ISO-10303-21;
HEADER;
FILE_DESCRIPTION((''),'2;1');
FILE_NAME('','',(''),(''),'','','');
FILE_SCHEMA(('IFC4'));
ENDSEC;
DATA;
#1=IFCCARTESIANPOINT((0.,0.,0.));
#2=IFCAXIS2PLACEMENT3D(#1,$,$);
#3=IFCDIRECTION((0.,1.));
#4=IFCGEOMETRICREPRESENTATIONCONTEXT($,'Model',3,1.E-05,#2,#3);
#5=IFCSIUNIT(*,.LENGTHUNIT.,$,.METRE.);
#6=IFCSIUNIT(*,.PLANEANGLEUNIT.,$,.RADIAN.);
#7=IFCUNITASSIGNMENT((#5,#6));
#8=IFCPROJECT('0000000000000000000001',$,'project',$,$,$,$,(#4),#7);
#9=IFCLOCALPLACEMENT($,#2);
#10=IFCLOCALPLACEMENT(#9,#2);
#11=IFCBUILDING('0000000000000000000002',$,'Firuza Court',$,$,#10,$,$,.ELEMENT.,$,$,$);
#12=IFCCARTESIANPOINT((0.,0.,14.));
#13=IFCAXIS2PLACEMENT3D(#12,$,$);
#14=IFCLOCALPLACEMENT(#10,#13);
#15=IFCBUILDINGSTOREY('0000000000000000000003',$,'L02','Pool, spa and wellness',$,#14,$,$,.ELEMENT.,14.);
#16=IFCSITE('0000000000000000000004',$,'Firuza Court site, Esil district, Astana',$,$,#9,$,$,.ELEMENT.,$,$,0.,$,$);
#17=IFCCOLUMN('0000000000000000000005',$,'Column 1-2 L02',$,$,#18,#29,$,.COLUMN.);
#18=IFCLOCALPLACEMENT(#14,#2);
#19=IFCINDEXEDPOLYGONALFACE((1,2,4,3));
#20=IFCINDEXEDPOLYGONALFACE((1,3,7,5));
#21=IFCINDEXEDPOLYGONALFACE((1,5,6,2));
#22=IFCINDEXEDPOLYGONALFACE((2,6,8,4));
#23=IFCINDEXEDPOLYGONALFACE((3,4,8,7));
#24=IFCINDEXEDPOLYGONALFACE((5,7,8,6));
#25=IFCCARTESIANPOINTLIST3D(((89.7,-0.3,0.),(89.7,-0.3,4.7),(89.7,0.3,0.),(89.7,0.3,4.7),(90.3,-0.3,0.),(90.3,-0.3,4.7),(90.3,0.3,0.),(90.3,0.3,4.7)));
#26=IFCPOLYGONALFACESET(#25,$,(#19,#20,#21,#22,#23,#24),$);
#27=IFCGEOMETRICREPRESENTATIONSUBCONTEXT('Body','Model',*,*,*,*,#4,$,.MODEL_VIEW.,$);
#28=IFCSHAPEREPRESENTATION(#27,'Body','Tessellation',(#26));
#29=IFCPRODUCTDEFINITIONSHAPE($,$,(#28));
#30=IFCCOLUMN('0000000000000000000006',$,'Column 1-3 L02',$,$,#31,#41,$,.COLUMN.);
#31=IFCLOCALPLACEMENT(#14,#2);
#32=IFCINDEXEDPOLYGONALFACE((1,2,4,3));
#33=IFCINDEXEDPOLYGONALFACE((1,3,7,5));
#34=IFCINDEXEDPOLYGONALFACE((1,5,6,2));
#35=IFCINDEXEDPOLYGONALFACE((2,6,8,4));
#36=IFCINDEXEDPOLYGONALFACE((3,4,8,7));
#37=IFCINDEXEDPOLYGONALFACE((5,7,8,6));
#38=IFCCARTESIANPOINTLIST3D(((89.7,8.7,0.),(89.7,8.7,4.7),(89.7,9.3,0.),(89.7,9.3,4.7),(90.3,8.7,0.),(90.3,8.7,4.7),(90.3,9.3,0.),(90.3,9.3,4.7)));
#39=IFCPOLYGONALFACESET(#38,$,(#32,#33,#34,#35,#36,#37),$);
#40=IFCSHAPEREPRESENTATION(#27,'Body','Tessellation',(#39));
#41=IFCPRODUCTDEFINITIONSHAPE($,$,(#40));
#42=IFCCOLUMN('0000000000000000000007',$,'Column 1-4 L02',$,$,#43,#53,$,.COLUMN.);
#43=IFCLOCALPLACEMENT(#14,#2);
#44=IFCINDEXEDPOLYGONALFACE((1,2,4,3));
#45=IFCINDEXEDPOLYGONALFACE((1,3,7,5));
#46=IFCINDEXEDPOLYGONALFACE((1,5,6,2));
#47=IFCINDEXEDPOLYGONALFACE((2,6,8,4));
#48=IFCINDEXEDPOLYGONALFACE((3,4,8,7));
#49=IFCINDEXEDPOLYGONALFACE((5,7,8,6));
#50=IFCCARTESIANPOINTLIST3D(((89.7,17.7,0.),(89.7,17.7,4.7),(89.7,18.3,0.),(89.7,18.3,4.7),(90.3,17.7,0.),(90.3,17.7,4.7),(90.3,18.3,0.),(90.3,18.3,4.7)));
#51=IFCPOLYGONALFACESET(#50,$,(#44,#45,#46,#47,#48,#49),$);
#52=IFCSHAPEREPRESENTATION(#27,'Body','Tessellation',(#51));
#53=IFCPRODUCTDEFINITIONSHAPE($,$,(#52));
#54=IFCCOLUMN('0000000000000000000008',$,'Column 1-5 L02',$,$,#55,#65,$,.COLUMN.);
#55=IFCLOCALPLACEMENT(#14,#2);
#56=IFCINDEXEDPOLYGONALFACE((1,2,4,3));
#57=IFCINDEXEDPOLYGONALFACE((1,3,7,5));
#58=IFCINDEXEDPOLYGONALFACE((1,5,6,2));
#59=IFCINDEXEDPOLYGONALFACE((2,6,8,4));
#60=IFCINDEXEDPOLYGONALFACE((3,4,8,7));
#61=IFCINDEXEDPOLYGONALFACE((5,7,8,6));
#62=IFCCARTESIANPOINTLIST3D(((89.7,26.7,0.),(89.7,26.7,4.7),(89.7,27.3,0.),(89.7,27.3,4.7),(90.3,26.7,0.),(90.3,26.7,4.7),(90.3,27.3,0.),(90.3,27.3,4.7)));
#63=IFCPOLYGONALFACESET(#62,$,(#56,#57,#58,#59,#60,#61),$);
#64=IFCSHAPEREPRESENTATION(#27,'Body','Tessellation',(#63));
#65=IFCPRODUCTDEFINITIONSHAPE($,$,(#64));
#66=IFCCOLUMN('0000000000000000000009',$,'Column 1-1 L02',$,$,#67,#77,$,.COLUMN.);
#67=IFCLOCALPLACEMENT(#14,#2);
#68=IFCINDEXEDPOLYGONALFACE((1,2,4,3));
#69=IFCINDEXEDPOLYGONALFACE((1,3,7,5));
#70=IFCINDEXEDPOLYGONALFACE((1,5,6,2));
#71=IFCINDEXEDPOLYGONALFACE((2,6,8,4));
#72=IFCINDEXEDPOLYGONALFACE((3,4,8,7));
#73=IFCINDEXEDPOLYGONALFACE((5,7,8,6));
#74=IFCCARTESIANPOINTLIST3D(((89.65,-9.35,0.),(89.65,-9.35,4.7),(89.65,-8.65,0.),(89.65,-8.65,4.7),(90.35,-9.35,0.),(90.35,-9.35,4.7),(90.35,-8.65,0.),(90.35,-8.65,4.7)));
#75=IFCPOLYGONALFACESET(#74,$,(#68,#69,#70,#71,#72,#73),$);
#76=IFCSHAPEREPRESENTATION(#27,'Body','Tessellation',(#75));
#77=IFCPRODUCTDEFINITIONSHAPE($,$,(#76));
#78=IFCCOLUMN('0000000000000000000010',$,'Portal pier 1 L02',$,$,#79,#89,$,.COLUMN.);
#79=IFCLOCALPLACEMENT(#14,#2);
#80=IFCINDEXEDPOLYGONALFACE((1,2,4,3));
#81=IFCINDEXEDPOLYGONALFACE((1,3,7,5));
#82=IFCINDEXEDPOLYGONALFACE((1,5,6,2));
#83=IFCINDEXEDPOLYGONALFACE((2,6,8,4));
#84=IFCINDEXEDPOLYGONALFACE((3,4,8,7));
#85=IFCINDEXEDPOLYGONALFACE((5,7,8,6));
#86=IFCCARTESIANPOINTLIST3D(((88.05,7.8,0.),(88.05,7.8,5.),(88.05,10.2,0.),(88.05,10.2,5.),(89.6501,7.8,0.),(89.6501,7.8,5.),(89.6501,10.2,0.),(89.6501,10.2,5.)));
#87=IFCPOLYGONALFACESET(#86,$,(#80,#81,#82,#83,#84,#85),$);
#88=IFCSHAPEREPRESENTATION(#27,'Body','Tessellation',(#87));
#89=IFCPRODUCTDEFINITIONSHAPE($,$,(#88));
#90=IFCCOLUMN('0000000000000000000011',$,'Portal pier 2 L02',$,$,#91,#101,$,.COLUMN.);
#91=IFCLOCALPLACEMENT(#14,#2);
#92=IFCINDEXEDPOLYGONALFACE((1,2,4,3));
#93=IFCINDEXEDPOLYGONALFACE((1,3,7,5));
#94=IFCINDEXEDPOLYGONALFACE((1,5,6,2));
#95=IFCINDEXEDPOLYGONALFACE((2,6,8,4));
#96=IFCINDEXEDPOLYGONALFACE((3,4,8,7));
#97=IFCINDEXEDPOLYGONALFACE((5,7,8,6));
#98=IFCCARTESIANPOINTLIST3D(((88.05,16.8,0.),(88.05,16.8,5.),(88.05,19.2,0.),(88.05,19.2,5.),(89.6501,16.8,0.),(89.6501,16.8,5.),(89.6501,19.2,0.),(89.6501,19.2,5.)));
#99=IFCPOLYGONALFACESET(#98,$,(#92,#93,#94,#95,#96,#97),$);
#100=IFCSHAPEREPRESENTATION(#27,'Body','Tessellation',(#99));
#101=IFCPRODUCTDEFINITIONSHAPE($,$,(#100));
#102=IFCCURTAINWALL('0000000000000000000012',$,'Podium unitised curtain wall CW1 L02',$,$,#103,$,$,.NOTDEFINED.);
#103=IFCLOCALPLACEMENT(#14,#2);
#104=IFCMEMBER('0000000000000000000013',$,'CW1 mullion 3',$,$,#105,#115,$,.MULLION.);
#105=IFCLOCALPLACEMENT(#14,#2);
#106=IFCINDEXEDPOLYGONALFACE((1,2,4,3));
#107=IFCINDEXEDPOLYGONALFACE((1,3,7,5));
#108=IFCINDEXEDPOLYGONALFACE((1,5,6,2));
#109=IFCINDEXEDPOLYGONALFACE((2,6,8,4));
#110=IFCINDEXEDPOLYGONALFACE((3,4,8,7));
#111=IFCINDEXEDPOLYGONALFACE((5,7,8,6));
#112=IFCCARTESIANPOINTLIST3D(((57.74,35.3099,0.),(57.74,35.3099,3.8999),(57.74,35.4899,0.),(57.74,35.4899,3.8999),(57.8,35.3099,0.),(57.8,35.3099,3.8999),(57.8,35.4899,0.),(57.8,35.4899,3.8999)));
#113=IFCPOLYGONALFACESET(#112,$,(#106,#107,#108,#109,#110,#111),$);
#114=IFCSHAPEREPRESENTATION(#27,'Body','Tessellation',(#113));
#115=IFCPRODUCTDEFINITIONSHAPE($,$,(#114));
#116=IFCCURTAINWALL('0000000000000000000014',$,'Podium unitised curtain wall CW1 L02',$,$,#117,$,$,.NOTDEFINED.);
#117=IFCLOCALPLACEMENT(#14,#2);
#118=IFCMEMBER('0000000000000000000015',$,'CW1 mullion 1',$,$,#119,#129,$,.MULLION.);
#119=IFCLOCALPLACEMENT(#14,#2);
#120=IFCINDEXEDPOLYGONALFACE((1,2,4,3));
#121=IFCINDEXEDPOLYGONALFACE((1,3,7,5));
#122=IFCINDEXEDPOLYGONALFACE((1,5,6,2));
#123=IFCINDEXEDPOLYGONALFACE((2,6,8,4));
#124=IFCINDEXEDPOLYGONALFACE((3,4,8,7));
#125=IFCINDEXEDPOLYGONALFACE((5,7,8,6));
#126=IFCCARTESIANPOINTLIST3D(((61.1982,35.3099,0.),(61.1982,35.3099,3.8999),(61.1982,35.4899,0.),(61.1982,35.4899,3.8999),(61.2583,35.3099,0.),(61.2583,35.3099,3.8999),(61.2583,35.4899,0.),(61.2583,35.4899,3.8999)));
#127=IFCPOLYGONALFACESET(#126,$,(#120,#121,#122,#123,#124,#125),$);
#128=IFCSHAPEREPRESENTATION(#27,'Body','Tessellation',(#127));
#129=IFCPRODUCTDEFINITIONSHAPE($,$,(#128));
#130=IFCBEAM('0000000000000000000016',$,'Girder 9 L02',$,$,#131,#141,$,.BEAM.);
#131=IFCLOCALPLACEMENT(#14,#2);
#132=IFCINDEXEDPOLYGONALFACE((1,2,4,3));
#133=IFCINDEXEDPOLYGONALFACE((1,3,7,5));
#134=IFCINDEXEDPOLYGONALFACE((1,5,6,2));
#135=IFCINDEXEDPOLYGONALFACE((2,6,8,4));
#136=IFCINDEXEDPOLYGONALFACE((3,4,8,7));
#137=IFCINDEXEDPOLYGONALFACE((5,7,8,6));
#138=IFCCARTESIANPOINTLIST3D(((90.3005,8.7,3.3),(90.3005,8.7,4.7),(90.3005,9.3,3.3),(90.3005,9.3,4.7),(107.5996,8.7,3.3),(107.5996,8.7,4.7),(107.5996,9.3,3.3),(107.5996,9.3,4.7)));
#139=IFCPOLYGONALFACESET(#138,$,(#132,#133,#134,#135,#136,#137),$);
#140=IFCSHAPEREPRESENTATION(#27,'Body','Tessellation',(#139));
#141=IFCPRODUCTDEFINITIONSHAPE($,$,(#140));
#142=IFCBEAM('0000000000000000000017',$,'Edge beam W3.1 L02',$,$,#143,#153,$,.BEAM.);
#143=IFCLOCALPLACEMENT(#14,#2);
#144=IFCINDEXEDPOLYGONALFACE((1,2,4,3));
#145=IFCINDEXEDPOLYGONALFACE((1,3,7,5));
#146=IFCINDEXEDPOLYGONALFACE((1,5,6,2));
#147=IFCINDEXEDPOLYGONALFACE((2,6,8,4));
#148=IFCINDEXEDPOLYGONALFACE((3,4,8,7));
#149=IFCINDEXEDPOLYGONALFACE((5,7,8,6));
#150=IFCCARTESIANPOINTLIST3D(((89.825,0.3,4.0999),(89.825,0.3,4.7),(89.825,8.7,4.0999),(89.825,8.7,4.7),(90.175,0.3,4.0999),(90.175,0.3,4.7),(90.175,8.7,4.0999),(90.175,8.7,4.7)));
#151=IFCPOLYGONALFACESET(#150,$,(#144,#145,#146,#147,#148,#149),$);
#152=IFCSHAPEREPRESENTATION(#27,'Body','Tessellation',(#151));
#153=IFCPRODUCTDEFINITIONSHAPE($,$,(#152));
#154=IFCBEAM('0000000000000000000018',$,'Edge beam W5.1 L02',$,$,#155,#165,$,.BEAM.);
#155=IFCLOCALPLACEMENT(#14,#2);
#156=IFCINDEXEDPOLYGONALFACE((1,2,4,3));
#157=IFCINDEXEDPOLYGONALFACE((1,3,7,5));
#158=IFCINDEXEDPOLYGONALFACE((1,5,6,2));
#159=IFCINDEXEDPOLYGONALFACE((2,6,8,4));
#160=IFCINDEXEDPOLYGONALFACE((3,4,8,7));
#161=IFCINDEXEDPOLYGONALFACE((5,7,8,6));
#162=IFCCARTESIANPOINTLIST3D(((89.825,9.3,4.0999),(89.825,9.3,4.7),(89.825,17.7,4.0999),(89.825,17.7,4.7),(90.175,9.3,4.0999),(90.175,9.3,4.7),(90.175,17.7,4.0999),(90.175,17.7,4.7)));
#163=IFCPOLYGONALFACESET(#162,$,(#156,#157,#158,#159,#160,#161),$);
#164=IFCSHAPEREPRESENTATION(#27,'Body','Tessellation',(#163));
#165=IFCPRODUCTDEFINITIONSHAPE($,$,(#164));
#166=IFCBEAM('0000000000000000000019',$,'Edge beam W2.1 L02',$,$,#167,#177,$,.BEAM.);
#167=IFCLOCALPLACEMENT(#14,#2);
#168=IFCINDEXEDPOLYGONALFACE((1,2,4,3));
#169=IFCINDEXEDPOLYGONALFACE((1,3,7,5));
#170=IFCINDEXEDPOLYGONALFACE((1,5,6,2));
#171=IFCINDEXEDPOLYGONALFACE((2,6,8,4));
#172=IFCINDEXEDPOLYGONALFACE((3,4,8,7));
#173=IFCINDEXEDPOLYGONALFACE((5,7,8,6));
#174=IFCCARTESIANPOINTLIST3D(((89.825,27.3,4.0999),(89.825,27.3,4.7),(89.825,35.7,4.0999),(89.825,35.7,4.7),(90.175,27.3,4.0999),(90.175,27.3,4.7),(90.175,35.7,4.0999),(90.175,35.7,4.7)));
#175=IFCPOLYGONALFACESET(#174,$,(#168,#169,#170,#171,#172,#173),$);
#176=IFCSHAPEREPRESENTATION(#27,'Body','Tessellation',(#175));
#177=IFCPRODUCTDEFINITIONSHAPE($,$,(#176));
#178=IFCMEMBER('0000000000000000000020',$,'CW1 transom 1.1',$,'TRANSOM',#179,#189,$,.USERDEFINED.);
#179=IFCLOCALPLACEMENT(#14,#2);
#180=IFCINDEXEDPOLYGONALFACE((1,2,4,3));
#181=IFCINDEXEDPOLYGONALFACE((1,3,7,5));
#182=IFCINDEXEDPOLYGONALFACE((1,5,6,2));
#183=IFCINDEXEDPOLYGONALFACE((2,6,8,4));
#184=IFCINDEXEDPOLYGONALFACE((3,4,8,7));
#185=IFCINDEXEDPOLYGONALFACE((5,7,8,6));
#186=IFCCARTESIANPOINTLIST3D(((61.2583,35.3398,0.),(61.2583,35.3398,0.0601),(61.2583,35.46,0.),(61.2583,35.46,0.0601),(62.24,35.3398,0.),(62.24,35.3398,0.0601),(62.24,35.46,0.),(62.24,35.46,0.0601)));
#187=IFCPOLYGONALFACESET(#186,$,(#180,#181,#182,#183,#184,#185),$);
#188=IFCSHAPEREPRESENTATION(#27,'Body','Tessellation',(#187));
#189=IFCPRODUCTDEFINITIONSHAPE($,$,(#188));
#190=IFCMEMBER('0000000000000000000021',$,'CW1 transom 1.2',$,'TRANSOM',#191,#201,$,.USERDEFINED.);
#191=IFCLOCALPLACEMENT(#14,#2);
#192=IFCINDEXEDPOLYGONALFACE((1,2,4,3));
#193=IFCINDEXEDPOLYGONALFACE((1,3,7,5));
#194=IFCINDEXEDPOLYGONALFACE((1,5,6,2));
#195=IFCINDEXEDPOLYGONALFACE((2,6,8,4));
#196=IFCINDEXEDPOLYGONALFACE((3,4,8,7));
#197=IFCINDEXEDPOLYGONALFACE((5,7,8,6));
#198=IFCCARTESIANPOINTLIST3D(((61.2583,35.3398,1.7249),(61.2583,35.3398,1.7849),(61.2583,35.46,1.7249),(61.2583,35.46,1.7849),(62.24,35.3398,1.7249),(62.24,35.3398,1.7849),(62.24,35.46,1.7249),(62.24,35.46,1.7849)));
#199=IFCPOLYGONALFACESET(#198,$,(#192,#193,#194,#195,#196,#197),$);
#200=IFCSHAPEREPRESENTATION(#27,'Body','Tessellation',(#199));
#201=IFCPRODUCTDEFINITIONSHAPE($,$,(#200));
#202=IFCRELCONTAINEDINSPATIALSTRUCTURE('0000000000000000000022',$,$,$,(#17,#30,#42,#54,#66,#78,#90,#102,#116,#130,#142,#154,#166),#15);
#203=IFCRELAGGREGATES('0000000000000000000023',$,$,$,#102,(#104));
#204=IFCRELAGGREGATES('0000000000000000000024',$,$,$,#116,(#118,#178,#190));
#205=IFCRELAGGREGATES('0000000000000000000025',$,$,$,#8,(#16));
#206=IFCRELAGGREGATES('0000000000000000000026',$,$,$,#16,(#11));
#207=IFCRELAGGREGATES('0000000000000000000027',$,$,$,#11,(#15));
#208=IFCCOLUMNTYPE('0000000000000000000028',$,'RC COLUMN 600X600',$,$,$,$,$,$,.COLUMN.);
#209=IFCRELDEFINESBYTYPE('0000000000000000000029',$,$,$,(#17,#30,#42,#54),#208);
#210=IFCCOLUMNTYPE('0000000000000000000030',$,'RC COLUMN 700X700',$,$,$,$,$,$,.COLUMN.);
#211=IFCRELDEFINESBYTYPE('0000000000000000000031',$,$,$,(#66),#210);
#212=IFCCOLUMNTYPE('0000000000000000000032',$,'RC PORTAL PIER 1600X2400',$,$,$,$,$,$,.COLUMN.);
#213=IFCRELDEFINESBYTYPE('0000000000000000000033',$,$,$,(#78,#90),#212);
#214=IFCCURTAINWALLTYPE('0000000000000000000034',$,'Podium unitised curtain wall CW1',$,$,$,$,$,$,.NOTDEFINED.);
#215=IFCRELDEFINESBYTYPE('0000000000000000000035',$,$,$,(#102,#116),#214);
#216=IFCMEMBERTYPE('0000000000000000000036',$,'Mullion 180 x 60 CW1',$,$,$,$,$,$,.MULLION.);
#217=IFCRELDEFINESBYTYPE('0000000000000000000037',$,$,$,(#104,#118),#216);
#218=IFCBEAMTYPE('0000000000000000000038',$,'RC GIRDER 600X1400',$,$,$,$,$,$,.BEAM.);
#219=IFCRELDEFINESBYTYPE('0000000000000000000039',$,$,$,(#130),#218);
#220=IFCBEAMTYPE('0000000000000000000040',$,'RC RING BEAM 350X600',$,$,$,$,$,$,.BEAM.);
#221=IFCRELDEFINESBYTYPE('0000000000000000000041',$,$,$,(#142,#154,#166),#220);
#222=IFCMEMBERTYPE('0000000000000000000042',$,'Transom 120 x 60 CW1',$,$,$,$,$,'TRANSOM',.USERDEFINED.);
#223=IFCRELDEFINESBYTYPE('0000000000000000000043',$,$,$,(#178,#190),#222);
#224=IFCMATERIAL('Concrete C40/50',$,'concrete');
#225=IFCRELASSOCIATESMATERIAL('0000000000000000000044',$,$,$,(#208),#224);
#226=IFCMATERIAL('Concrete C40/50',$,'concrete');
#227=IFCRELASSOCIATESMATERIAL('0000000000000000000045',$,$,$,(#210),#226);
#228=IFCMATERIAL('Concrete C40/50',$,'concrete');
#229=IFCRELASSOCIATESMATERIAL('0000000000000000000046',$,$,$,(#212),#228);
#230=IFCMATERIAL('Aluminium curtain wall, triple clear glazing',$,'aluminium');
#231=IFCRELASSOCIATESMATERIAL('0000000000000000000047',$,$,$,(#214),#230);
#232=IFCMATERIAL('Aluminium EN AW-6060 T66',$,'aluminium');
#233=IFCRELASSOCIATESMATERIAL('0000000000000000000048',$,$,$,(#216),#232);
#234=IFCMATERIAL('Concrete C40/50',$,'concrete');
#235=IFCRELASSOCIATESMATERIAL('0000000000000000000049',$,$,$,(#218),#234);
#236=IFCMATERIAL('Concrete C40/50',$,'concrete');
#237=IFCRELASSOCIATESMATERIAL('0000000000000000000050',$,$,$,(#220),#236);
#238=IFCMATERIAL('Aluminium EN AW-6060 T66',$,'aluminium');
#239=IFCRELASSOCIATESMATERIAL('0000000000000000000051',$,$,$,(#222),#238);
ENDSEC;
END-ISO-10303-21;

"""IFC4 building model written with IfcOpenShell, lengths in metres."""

from ifc_helpers import new_model, si_unit, direction, frame, origin, origin_2d, place, context, subcontext, project, spatial, rectangle, extrude, material, material_profile, profile_set, type_object, element, aggregate, save


model = new_model("IFC4")

# Units and contexts
model_context = context("Model", 3, precision=1e-05, world=origin(), true_north=direction((0.0, 1.0)))
body_context = subcontext(model_context, "Body", "Model", "MODEL_VIEW")
ifc_project = project(units=[si_unit("LENGTHUNIT", "METRE"), si_unit("PLANEANGLEUNIT", "RADIAN")], contexts=[model_context])

# Site, building, storey
site_placement = place(None, origin())
site = spatial("IfcSite", under=ifc_project, at=site_placement, Name="Firuza Court site, Esil district, Astana", CompositionType="ELEMENT", RefElevation=0.0)
building_placement = place(site_placement, origin())
building = spatial("IfcBuilding", under=site, at=building_placement, Name="Firuza Court", CompositionType="ELEMENT")
storey_placement = place(building_placement, frame((0.0, 0.0, 14.0)))
storey = spatial("IfcBuildingStorey", under=building, at=storey_placement, Name="L02", Description="Pool, spa and wellness", CompositionType="ELEMENT", Elevation=14.0)

# Columns
ifc_material_1 = material(Name="Concrete C40/50", Category="concrete")
ifc_material_profile_1 = material_profile(ifc_material_1, rectangle(XDim=0.6001, YDim=0.6001, at=origin_2d()), Name="RC 600X600")
ifc_profile_set_1 = profile_set([ifc_material_profile_1], Name="Concrete C40/50")
column_type_1 = type_object("IfcColumnType", Name="RC COLUMN 600X600", PredefinedType="COLUMN", material=ifc_profile_set_1)
for number, where, z_axis, x_axis, name in (
    (1, (90.0, 0.0, 0.0), (0.0, 0.0, 1.0), (1.0, 0.0, 0.0), "Column 1-2 L02"),
    (2, (90.0, 9.0, 0.0), (0.0, 0.0, 1.0), (1.0, 0.0, 0.0), "Column 1-3 L02"),
    (3, (90.0, 18.0, 0.0), (0.0, 0.0, 1.0), (1.0, 0.0, 0.0), "Column 1-4 L02"),
    (4, (90.0, 27.0, 0.0), (0.0, 0.0, 1.0), (1.0, 0.0, 0.0), "Column 1-5 L02"),
):
    element("IfcColumn", number, at=place(storey_placement, frame(where, z_axis=z_axis, x_axis=x_axis)), inside=storey, type_object=column_type_1, Name=name, PredefinedType="COLUMN", context=body_context, shape_type="SweptSolid", body=[
        extrude(rectangle(XDim=0.6001, YDim=0.6001, at=origin_2d()), origin(), (0.0, 0.0, 1.0), 4.7),
    ])
ifc_material_2 = material(Name="Concrete C40/50", Category="concrete")
ifc_material_profile_2 = material_profile(ifc_material_2, rectangle(XDim=0.7, YDim=0.7, at=origin_2d()), Name="RC 700X700")
ifc_profile_set_2 = profile_set([ifc_material_profile_2], Name="Concrete C40/50")
column_type_2 = type_object("IfcColumnType", Name="RC COLUMN 700X700", PredefinedType="COLUMN", material=ifc_profile_set_2)
column_placement = place(storey_placement, frame((90.0, -9.0, 0.0), z_axis=(0.0, 0.0, 1.0), x_axis=(1.0, 0.0, 0.0)))
element("IfcColumn", 5, at=column_placement, inside=storey, type_object=column_type_2, Name="Column 1-1 L02", PredefinedType="COLUMN", context=body_context, shape_type="SweptSolid", body=[
    extrude(rectangle(XDim=0.7, YDim=0.7, at=origin_2d()), origin(), (0.0, 0.0, 1.0), 4.7),
])
ifc_material_3 = material(Name="Concrete C40/50", Category="concrete")
ifc_material_profile_3 = material_profile(ifc_material_3, rectangle(XDim=1.6001, YDim=2.3999, at=origin_2d()), Name="RC 1600X2400")
ifc_profile_set_3 = profile_set([ifc_material_profile_3], Name="Concrete C40/50")
column_type_3 = type_object("IfcColumnType", Name="RC PORTAL PIER 1600X2400", PredefinedType="COLUMN", material=ifc_profile_set_3)
for number, where, z_axis, x_axis, name in (
    (6, (88.8501, 9.0, 0.0), (0.0, 0.0, 1.0), (1.0, 0.0, 0.0), "Portal pier 1 L02"),
    (7, (88.8501, 18.0, 0.0), (0.0, 0.0, 1.0), (1.0, 0.0, 0.0), "Portal pier 2 L02"),
):
    element("IfcColumn", number, at=place(storey_placement, frame(where, z_axis=z_axis, x_axis=x_axis)), inside=storey, type_object=column_type_3, Name=name, PredefinedType="COLUMN", context=body_context, shape_type="SweptSolid", body=[
        extrude(rectangle(XDim=1.6001, YDim=2.3999, at=origin_2d()), origin(), (0.0, 0.0, 1.0), 5.0),
    ])

# Curtain walls, members
ifc_material_4 = material(Name="Aluminium curtain wall, triple clear glazing", Category="aluminium")
curtain_wall_type = type_object("IfcCurtainWallType", Name="Podium unitised curtain wall CW1", PredefinedType="NOTDEFINED", material=ifc_material_4)
curtain_wall_1_placement = place(storey_placement, origin())
curtain_wall_1 = element("IfcCurtainWall", 8, at=curtain_wall_1_placement, inside=storey, type_object=curtain_wall_type, Name="Podium unitised curtain wall CW1 L02", PredefinedType="NOTDEFINED")
ifc_material_5 = material(Name="Aluminium EN AW-6060 T66", Category="aluminium")
ifc_material_profile_4 = material_profile(ifc_material_5, rectangle(XDim=0.1799, YDim=0.0601, at=origin_2d()), Name="Mullion 180 x 60 CW1")
ifc_profile_set_4 = profile_set([ifc_material_profile_4], Name="Aluminium EN AW-6060 T66")
member_type_1 = type_object("IfcMemberType", Name="Mullion 180 x 60 CW1", PredefinedType="MULLION", material=ifc_profile_set_4)
member_1_placement = place(storey_placement, frame((57.77, 35.3999, 0.0), z_axis=(0.0, 0.0, 1.0), x_axis=(0.0, 1.0, 0.0)))
member_1 = element("IfcMember", 9, at=member_1_placement, type_object=member_type_1, Name="CW1 mullion 3", PredefinedType="MULLION", context=body_context, shape_type="SweptSolid", body=[
    extrude(rectangle(XDim=0.1799, YDim=0.0601, at=origin_2d()), origin(), (0.0, 0.0, 1.0), 3.8999),
])
aggregate(curtain_wall_1, [member_1])
curtain_wall_2_placement = place(storey_placement, origin())
curtain_wall_2 = element("IfcCurtainWall", 10, at=curtain_wall_2_placement, inside=storey, type_object=curtain_wall_type, Name="Podium unitised curtain wall CW1 L02", PredefinedType="NOTDEFINED")
member_2_placement = place(storey_placement, frame((61.2283, 35.3999, 0.0), z_axis=(0.0, 0.0, 1.0), x_axis=(0.0, 1.0, 0.0)))
member_2 = element("IfcMember", 11, at=member_2_placement, type_object=member_type_1, Name="CW1 mullion 1", PredefinedType="MULLION", context=body_context, shape_type="SweptSolid", body=[
    extrude(rectangle(XDim=0.1799, YDim=0.0601, at=origin_2d()), origin(), (0.0, 0.0, 1.0), 3.8999),
])

# Beams
ifc_material_6 = material(Name="Concrete C40/50", Category="concrete")
ifc_material_profile_5 = material_profile(ifc_material_6, rectangle(XDim=0.6001, YDim=1.3999, at=origin_2d()), Name="RC 600X1400")
ifc_profile_set_5 = profile_set([ifc_material_profile_5], Name="Concrete C40/50")
beam_type_1 = type_object("IfcBeamType", Name="RC GIRDER 600X1400", PredefinedType="BEAM", material=ifc_profile_set_5)
beam_placement = place(storey_placement, frame((90.3005, 9.0, 4.0), z_axis=(1.0, 0.0, 0.0), x_axis=(0.0, 1.0, 0.0)))
element("IfcBeam", 12, at=beam_placement, inside=storey, type_object=beam_type_1, Name="Girder 9 L02", PredefinedType="BEAM", context=body_context, shape_type="SweptSolid", body=[
    extrude(rectangle(XDim=0.6001, YDim=1.3999, at=origin_2d()), origin(), (0.0, 0.0, 1.0), 17.2991),
])
ifc_material_7 = material(Name="Concrete C40/50", Category="concrete")
ifc_material_profile_6 = material_profile(ifc_material_7, rectangle(XDim=0.3501, YDim=0.6001, at=origin_2d()), Name="RC 350X600")
ifc_profile_set_6 = profile_set([ifc_material_profile_6], Name="Concrete C40/50")
beam_type_2 = type_object("IfcBeamType", Name="RC RING BEAM 350X600", PredefinedType="BEAM", material=ifc_profile_set_6)
for number, where, z_axis, x_axis, name in (
    (13, (90.0, 0.3, 4.3999), (0.0, 1.0, 0.0), (-1.0, 0.0, 0.0), "Edge beam W3.1 L02"),
    (14, (90.0, 9.3, 4.3999), (0.0, 1.0, 0.0), (-1.0, 0.0, 0.0), "Edge beam W5.1 L02"),
    (15, (90.0, 27.3, 4.3999), (0.0, 1.0, 0.0), (-1.0, 0.0, 0.0), "Edge beam W2.1 L02"),
):
    element("IfcBeam", number, at=place(storey_placement, frame(where, z_axis=z_axis, x_axis=x_axis)), inside=storey, type_object=beam_type_2, Name=name, PredefinedType="BEAM", context=body_context, shape_type="SweptSolid", body=[
        extrude(rectangle(XDim=0.3501, YDim=0.6001, at=origin_2d()), origin(), (0.0, 0.0, 1.0), 8.3999),
    ])

# Members
ifc_material_8 = material(Name="Aluminium EN AW-6060 T66", Category="aluminium")
ifc_material_profile_7 = material_profile(ifc_material_8, rectangle(XDim=0.1201, YDim=0.0601, at=origin_2d()), Name="Transom 120 x 60 CW1")
ifc_profile_set_7 = profile_set([ifc_material_profile_7], Name="Aluminium EN AW-6060 T66")
member_type_2 = type_object("IfcMemberType", Name="Transom 120 x 60 CW1", ElementType="TRANSOM", PredefinedType="USERDEFINED", material=ifc_profile_set_7)
member_3_placement = place(storey_placement, frame((61.2583, 35.3999, 0.03), z_axis=(1.0, 0.0, 0.0), x_axis=(0.0, 1.0, 0.0)))
member_3 = element("IfcMember", 16, at=member_3_placement, type_object=member_type_2, Name="CW1 transom 1.1", ObjectType="TRANSOM", PredefinedType="USERDEFINED", context=body_context, shape_type="SweptSolid", body=[
    extrude(rectangle(XDim=0.1201, YDim=0.0601, at=origin_2d()), origin(), (0.0, 0.0, 1.0), 0.9817),
])
member_4_placement = place(storey_placement, frame((61.2583, 35.3999, 1.7549), z_axis=(1.0, 0.0, 0.0), x_axis=(0.0, 1.0, 0.0)))
member_4 = element("IfcMember", 17, at=member_4_placement, type_object=member_type_2, Name="CW1 transom 1.2", ObjectType="TRANSOM", PredefinedType="USERDEFINED", context=body_context, shape_type="SweptSolid", body=[
    extrude(rectangle(XDim=0.1201, YDim=0.0601, at=origin_2d()), origin(), (0.0, 0.0, 1.0), 0.9817),
])

aggregate(curtain_wall_2, [member_2, member_3, member_4])

save(model, "model.ifc")
